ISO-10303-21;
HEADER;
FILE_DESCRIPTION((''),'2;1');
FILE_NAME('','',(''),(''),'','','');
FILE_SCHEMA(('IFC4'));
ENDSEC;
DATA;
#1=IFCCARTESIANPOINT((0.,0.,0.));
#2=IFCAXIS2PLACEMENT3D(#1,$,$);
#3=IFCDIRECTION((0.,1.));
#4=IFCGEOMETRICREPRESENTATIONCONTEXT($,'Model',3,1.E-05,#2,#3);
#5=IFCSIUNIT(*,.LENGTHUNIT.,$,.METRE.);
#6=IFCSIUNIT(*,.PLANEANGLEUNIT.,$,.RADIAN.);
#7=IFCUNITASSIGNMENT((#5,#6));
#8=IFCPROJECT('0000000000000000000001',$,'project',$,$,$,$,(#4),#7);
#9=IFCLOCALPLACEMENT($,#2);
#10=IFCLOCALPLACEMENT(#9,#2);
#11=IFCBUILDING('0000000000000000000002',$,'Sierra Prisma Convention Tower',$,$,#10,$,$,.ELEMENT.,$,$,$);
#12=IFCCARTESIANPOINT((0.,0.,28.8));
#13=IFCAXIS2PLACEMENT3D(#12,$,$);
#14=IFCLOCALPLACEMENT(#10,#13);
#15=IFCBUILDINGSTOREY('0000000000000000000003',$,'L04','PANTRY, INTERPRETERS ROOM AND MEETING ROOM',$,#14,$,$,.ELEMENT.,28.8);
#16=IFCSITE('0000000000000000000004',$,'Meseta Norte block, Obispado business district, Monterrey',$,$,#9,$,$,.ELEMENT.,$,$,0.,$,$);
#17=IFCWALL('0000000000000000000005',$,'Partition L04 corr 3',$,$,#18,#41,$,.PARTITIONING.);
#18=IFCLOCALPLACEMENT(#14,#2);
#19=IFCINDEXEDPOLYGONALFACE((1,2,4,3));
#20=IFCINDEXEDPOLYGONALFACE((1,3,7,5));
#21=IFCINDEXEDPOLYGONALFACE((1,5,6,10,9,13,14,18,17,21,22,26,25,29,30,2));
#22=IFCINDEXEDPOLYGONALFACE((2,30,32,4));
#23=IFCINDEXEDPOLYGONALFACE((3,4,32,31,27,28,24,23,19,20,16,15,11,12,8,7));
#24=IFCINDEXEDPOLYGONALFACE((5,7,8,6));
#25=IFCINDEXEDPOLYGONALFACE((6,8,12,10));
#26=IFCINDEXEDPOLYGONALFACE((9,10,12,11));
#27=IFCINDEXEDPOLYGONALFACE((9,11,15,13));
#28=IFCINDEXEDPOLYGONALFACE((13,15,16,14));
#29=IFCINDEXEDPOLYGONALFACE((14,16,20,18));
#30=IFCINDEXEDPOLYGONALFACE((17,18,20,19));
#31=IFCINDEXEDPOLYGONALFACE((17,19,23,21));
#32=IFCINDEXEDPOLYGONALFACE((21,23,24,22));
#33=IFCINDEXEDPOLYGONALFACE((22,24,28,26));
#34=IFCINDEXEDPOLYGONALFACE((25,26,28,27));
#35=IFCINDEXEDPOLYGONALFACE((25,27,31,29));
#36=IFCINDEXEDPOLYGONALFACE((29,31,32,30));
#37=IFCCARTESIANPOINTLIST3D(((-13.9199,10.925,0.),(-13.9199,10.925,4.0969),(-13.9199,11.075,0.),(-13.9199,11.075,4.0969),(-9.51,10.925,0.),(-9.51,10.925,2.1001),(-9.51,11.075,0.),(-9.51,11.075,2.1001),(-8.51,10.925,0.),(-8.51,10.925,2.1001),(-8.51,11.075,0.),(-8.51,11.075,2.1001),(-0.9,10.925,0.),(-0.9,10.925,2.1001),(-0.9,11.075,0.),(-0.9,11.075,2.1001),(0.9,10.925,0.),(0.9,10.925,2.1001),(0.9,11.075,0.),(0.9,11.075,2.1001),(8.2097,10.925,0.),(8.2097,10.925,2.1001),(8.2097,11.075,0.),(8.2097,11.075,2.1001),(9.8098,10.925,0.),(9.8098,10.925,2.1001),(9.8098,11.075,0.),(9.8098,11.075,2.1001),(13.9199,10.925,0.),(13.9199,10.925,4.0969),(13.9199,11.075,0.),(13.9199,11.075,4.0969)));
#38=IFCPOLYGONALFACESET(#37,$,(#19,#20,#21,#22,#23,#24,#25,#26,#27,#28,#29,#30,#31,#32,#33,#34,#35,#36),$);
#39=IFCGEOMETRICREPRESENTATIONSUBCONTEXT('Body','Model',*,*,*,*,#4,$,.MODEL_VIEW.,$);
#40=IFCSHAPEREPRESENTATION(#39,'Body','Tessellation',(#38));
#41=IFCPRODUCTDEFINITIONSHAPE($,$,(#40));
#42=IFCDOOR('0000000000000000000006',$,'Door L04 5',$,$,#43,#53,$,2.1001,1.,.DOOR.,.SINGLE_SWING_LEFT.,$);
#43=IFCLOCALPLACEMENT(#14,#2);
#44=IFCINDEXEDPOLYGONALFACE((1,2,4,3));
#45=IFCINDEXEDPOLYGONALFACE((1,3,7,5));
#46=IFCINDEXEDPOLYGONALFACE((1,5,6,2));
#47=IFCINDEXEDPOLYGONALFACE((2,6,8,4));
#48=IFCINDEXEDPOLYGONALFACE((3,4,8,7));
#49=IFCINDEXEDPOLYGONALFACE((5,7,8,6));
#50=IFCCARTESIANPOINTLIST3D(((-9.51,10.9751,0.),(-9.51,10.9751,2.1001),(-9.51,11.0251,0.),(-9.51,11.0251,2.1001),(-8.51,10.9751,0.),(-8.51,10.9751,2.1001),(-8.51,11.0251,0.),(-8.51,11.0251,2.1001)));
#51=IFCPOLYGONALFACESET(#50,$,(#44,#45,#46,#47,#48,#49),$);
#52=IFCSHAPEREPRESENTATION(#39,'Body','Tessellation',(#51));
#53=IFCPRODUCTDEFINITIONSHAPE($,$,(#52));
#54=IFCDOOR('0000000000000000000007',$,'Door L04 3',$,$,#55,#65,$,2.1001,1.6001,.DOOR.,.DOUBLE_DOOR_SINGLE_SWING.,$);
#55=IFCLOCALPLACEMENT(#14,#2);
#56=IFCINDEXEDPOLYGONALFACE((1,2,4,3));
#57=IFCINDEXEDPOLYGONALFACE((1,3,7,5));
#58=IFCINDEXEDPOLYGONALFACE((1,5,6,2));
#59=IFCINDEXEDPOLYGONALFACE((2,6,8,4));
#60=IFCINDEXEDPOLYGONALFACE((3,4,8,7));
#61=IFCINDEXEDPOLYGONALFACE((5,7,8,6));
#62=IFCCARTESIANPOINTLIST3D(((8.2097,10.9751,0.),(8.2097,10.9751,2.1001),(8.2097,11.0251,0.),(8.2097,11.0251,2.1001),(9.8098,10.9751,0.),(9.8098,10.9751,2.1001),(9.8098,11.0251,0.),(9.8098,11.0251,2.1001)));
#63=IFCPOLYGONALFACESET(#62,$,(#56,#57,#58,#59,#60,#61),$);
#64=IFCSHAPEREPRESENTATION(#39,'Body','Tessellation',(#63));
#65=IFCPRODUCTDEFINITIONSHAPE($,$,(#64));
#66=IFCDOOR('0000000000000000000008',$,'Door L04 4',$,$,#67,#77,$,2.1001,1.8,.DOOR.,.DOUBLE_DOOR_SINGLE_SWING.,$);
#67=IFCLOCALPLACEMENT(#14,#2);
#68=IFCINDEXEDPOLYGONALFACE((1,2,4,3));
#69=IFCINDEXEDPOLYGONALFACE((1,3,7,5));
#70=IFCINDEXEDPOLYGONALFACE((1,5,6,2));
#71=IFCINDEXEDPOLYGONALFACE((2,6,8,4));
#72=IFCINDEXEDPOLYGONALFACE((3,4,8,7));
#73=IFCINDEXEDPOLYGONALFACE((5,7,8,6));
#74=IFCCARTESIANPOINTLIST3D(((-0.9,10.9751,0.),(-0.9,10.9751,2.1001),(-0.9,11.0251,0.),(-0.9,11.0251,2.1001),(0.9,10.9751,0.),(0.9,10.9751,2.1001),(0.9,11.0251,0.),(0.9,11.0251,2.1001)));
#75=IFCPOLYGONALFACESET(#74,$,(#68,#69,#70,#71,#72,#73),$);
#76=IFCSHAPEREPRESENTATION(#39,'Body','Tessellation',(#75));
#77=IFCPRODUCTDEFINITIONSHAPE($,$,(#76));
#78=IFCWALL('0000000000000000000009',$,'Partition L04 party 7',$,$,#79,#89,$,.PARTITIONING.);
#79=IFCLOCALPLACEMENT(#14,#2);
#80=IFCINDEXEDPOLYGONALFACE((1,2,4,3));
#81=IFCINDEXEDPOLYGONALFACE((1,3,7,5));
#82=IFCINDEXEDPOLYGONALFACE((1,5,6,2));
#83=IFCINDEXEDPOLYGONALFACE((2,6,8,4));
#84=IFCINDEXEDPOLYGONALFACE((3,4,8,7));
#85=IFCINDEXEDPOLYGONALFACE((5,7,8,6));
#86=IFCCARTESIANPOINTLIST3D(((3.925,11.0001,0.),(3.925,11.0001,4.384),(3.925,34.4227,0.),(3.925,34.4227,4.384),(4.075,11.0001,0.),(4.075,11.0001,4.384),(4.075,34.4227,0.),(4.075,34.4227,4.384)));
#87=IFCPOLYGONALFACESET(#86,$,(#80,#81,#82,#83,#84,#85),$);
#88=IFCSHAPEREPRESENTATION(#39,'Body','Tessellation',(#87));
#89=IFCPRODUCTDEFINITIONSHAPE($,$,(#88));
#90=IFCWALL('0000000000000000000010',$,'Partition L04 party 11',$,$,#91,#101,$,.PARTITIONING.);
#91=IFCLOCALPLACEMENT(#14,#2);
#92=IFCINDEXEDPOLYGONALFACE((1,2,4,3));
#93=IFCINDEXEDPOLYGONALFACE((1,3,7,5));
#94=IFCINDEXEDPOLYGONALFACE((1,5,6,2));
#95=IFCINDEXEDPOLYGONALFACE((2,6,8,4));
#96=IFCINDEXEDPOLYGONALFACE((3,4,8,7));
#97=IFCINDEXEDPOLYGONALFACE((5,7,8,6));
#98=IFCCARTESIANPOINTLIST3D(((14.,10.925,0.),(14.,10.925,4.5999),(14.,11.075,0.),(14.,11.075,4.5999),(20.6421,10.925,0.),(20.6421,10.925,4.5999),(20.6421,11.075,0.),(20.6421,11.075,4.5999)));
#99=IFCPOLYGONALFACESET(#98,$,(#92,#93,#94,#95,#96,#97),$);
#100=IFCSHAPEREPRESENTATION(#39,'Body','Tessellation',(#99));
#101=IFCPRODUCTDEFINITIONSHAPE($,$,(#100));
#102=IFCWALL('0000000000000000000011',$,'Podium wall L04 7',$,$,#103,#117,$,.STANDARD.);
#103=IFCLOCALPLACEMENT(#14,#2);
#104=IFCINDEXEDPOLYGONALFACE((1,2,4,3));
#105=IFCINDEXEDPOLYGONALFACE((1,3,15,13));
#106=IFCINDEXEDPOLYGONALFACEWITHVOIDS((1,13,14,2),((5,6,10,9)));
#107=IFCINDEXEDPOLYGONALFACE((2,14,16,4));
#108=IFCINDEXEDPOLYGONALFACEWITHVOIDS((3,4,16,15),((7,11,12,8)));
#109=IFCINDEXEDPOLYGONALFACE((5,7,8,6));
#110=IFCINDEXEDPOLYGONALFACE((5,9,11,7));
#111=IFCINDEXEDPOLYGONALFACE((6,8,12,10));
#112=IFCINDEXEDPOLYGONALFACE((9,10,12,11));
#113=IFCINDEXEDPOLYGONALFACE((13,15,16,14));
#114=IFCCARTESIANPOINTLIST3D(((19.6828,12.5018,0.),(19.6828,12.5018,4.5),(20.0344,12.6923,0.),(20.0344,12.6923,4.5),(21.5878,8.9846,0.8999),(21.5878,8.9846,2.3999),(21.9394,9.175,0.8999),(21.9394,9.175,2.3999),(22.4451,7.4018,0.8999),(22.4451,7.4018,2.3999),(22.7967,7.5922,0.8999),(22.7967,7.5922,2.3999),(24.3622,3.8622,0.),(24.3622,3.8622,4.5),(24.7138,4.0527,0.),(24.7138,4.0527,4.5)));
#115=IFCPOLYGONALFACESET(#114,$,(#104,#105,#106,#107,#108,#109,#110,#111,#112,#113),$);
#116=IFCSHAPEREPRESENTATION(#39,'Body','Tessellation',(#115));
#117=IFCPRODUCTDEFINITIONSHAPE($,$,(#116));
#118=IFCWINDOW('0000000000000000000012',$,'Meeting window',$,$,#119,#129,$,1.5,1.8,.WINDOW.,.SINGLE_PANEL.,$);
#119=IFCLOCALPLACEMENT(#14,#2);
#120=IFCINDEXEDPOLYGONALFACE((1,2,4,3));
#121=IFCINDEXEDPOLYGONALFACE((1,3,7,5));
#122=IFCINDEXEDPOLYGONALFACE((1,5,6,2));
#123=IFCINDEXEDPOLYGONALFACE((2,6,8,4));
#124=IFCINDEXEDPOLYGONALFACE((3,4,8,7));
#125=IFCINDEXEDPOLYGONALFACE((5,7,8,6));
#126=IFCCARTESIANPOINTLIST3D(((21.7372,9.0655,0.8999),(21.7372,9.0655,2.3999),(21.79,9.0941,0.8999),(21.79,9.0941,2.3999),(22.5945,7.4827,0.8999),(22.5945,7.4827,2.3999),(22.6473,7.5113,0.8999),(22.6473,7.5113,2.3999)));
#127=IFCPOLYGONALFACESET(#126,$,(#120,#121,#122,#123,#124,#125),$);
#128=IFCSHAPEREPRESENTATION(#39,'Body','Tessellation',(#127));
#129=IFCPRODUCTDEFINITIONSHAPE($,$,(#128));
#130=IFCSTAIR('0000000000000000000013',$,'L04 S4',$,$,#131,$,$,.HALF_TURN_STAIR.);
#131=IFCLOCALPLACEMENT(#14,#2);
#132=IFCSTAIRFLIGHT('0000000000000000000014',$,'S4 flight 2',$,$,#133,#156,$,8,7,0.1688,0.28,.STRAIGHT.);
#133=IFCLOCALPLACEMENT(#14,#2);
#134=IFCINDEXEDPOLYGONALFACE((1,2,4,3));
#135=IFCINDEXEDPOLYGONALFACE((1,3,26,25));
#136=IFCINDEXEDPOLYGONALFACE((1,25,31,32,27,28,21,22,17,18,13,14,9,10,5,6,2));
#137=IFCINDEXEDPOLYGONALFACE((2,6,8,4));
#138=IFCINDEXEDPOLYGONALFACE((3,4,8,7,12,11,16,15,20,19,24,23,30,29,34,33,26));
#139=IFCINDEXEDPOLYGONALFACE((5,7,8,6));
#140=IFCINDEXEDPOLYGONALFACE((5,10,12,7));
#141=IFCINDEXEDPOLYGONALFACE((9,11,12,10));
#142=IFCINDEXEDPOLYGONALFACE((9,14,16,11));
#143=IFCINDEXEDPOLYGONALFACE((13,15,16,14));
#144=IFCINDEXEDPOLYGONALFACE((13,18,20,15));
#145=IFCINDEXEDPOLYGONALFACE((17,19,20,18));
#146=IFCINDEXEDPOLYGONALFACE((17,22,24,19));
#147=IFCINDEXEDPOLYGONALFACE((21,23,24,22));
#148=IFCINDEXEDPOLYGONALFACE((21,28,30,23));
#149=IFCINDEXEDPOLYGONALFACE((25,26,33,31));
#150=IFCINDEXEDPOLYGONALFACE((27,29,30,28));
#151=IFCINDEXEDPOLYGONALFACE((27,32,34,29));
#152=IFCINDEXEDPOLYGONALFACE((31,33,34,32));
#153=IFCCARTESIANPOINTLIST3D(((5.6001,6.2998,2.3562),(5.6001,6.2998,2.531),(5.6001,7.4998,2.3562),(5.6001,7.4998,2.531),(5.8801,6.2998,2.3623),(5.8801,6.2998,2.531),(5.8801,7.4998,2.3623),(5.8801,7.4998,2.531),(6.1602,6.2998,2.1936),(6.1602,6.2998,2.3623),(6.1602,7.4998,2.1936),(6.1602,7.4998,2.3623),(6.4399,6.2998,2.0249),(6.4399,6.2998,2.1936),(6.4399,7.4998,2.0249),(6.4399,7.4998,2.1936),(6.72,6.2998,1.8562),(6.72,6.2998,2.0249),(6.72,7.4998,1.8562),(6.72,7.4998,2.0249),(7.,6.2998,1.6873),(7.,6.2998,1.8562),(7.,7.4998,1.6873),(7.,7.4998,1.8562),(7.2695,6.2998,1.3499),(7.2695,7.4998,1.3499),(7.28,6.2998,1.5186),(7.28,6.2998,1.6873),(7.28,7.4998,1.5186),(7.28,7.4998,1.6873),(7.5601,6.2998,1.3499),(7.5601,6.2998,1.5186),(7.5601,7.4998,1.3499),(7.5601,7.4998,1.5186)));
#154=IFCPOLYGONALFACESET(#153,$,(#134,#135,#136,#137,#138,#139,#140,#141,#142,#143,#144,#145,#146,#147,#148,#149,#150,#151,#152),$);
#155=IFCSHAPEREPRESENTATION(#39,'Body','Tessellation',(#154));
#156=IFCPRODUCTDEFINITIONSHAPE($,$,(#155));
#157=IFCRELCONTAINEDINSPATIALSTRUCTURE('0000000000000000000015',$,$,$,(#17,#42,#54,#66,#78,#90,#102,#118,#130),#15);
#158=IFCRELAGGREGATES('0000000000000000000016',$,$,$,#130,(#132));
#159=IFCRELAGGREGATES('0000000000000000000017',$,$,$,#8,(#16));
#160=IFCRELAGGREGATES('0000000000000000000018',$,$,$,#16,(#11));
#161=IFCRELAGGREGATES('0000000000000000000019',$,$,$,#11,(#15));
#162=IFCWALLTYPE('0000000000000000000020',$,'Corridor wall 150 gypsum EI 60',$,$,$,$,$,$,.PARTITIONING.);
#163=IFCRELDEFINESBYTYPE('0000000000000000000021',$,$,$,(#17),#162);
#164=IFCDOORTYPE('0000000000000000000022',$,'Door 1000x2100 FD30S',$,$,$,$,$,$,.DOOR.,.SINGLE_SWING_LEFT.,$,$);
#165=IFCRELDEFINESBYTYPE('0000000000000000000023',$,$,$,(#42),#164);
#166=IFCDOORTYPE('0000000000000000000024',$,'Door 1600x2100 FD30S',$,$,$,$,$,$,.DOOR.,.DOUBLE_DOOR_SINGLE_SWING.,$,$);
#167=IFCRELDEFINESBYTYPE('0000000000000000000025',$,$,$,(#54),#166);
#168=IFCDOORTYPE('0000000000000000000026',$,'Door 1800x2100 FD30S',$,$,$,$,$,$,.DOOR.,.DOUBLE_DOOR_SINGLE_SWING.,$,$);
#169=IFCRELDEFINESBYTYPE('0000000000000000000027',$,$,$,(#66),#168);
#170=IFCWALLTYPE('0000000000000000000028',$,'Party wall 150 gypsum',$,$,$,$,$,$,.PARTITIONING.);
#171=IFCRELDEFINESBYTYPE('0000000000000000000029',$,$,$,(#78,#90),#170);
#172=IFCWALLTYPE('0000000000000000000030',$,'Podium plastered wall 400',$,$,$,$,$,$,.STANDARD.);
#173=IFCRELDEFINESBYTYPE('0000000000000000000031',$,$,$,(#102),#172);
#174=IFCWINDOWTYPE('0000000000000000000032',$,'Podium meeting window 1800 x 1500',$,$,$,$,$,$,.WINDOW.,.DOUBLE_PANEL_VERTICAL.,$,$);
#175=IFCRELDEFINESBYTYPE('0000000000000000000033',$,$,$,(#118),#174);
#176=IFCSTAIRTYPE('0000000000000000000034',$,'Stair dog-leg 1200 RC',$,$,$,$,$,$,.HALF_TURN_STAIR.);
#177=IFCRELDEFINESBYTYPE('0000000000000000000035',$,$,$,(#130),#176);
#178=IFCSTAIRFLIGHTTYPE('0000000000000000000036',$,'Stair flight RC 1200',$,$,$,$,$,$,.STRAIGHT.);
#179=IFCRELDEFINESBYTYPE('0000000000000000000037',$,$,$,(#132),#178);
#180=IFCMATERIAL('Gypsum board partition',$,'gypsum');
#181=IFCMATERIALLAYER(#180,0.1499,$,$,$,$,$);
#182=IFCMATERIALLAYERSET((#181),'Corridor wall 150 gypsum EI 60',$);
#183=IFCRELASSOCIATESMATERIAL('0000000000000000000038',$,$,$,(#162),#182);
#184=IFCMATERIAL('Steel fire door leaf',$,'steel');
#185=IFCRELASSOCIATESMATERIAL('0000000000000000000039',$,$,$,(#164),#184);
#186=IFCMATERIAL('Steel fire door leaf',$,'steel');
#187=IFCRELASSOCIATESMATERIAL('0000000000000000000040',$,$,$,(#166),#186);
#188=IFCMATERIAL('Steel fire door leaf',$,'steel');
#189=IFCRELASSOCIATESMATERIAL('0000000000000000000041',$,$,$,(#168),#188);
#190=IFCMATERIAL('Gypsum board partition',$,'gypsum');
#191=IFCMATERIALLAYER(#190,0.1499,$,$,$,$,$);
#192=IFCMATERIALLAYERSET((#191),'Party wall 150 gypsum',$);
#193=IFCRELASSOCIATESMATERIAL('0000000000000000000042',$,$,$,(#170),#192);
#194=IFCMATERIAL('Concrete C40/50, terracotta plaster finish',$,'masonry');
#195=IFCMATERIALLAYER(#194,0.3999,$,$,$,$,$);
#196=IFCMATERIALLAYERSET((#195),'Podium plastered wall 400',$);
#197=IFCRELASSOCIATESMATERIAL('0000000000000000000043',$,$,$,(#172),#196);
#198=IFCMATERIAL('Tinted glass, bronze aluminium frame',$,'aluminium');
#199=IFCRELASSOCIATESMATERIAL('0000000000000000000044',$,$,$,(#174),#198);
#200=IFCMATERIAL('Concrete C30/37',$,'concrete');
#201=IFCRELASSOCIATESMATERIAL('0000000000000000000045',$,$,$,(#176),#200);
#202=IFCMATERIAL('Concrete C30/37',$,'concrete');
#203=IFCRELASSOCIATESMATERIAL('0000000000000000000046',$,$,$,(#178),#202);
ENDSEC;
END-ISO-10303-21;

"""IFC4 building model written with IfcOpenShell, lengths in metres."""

from ifc_helpers import new_model, si_unit, direction, frame, frame_2d, origin, place, context, subcontext, project, spatial, polyline, rectangle, outline, extrude, material, layer, layer_set, type_object, element, fill, aggregate, save


model = new_model("IFC4")

# Units and contexts
model_context = context("Model", 3, precision=1e-05, world=origin(), true_north=direction((0.0, 1.0)))
body_context = subcontext(model_context, "Body", "Model", "MODEL_VIEW")
ifc_project = project(units=[si_unit("LENGTHUNIT", "METRE"), si_unit("PLANEANGLEUNIT", "RADIAN")], contexts=[model_context])

# Site, building, storey
site_placement = place(None, origin())
site = spatial("IfcSite", under=ifc_project, at=site_placement, Name="Meseta Norte block, Obispado business district, Monterrey", CompositionType="ELEMENT", RefElevation=0.0)
building_placement = place(site_placement, origin())
building = spatial("IfcBuilding", under=site, at=building_placement, Name="Sierra Prisma Convention Tower", CompositionType="ELEMENT")
storey_placement = place(building_placement, frame((0.0, 0.0, 28.8)))
storey = spatial("IfcBuildingStorey", under=building, at=storey_placement, Name="L04", Description="PANTRY, INTERPRETERS ROOM AND MEETING ROOM", CompositionType="ELEMENT", Elevation=28.8)

# Wall, openings, doors
ifc_material_1 = material(Name="Gypsum board partition", Category="gypsum")
ifc_layer_1 = layer(ifc_material_1, 0.1499)
ifc_layer_set_1 = layer_set([ifc_layer_1], Name="Corridor wall 150 gypsum EI 60")
wall_type_1 = type_object("IfcWallType", Name="Corridor wall 150 gypsum EI 60", PredefinedType="PARTITIONING", material=ifc_layer_set_1)
wall_1_placement = place(storey_placement, frame((13.9199, 11.0, 0.0), z_axis=(0.0, 0.0, 1.0), x_axis=(-1.0, 0.0, 0.0)))
wall_1 = element("IfcWall", 1, at=wall_1_placement, inside=storey, type_object=wall_type_1, Name="Partition L04 corr 3", PredefinedType="PARTITIONING", context=body_context, shape_type="SweptSolid", body=[
    extrude(rectangle(XDim=27.8398, YDim=0.1499, at=frame_2d((13.9199, 0.0))), origin(), (0.0, 0.0, 1.0), 4.0969),
])
opening_1_placement = place(wall_1_placement, frame((4.1101, 0.0, 0.0)))
opening_1 = element("IfcOpeningElement", 2, at=opening_1_placement, cuts=wall_1, PredefinedType="OPENING", context=body_context, shape_type="SweptSolid", body=[
    extrude(rectangle(XDim=1.6001, YDim=2.1001, at=frame_2d((0.8, 1.05))), frame((0.0, 0.075, 0.0), z_axis=(0.0, -1.0, 0.0), x_axis=(1.0, 0.0, 0.0)), (0.0, 0.0, 1.0), 0.1499),
])
opening_2_placement = place(wall_1_placement, frame((13.02, 0.0, 0.0)))
opening_2 = element("IfcOpeningElement", 3, at=opening_2_placement, cuts=wall_1, PredefinedType="OPENING", context=body_context, shape_type="SweptSolid", body=[
    extrude(rectangle(XDim=1.8, YDim=2.1001, at=frame_2d((0.8999, 1.05))), frame((0.0, 0.075, 0.0), z_axis=(0.0, -1.0, 0.0), x_axis=(1.0, 0.0, 0.0)), (0.0, 0.0, 1.0), 0.1499),
])
opening_3_placement = place(wall_1_placement, frame((22.4299, 0.0, 0.0)))
opening_3 = element("IfcOpeningElement", 4, at=opening_3_placement, cuts=wall_1, PredefinedType="OPENING", context=body_context, shape_type="SweptSolid", body=[
    extrude(rectangle(XDim=1.0, YDim=2.1001, at=frame_2d((0.5, 1.05))), frame((0.0, 0.075, 0.0), z_axis=(0.0, -1.0, 0.0), x_axis=(1.0, 0.0, 0.0)), (0.0, 0.0, 1.0), 0.1499),
])
ifc_material_2 = material(Name="Steel fire door leaf", Category="steel")
door_type_1 = type_object("IfcDoorType", Name="Door 1000x2100 FD30S", OperationType="SINGLE_SWING_LEFT", PredefinedType="DOOR", material=ifc_material_2)
door_1_placement = place(opening_3_placement, origin())
door_1 = element("IfcDoor", 5, at=door_1_placement, inside=storey, type_object=door_type_1, Name="Door L04 5", OperationType="SINGLE_SWING_LEFT", OverallHeight=2.1001, OverallWidth=1.0, PredefinedType="DOOR", context=body_context, shape_type="SweptSolid", body=[
    extrude(rectangle(XDim=1.0, YDim=2.1001, at=frame_2d((0.5, 1.05))), frame((0.0, 0.0249, 0.0), z_axis=(0.0, -1.0, 0.0), x_axis=(1.0, 0.0, 0.0)), (0.0, 0.0, 1.0), 0.05),
])
fill(opening_3, door_1)
ifc_material_3 = material(Name="Steel fire door leaf", Category="steel")
door_type_2 = type_object("IfcDoorType", Name="Door 1600x2100 FD30S", OperationType="DOUBLE_DOOR_SINGLE_SWING", PredefinedType="DOOR", material=ifc_material_3)
door_2_placement = place(opening_1_placement, origin())
door_2 = element("IfcDoor", 6, at=door_2_placement, inside=storey, type_object=door_type_2, Name="Door L04 3", OperationType="DOUBLE_DOOR_SINGLE_SWING", OverallHeight=2.1001, OverallWidth=1.6001, PredefinedType="DOOR", context=body_context, shape_type="SweptSolid", body=[
    extrude(rectangle(XDim=1.6001, YDim=2.1001, at=frame_2d((0.8, 1.05))), frame((0.0, 0.0249, 0.0), z_axis=(0.0, -1.0, 0.0), x_axis=(1.0, 0.0, 0.0)), (0.0, 0.0, 1.0), 0.05),
])
fill(opening_1, door_2)
ifc_material_4 = material(Name="Steel fire door leaf", Category="steel")
door_type_3 = type_object("IfcDoorType", Name="Door 1800x2100 FD30S", OperationType="DOUBLE_DOOR_SINGLE_SWING", PredefinedType="DOOR", material=ifc_material_4)
door_3_placement = place(opening_2_placement, origin())
door_3 = element("IfcDoor", 7, at=door_3_placement, inside=storey, type_object=door_type_3, Name="Door L04 4", OperationType="DOUBLE_DOOR_SINGLE_SWING", OverallHeight=2.1001, OverallWidth=1.8, PredefinedType="DOOR", context=body_context, shape_type="SweptSolid", body=[
    extrude(rectangle(XDim=1.8, YDim=2.1001, at=frame_2d((0.8999, 1.05))), frame((0.0, 0.0249, 0.0), z_axis=(0.0, -1.0, 0.0), x_axis=(1.0, 0.0, 0.0)), (0.0, 0.0, 1.0), 0.05),
])
fill(opening_2, door_3)

# Walls
ifc_material_5 = material(Name="Gypsum board partition", Category="gypsum")
ifc_layer_2 = layer(ifc_material_5, 0.1499)
ifc_layer_set_2 = layer_set([ifc_layer_2], Name="Party wall 150 gypsum")
wall_type_2 = type_object("IfcWallType", Name="Party wall 150 gypsum", PredefinedType="PARTITIONING", material=ifc_layer_set_2)
wall_2_placement = place(storey_placement, frame((4.0, 11.0, 0.0), z_axis=(0.0, 0.0, 1.0), x_axis=(0.0, 1.0, 0.0)))
element("IfcWall", 8, at=wall_2_placement, inside=storey, type_object=wall_type_2, Name="Partition L04 party 7", PredefinedType="PARTITIONING", context=body_context, shape_type="SweptSolid", body=[
    extrude(rectangle(XDim=23.4226, YDim=0.1499, at=frame_2d((11.7114, 0.0))), origin(), (0.0, 0.0, 1.0), 4.384),
])
wall_3_placement = place(storey_placement, frame((14.0, 11.0, 0.0), z_axis=(0.0, 0.0, 1.0), x_axis=(1.0, 0.0, 0.0)))
element("IfcWall", 9, at=wall_3_placement, inside=storey, type_object=wall_type_2, Name="Partition L04 party 11", PredefinedType="PARTITIONING", context=body_context, shape_type="SweptSolid", body=[
    extrude(rectangle(XDim=6.6421, YDim=0.1499, at=frame_2d((3.321, 0.0))), origin(), (0.0, 0.0, 1.0), 4.5999),
])

# Wall, opening, window
ifc_material_6 = material(Name="Concrete C40/50, terracotta plaster finish", Category="masonry")
ifc_layer_3 = layer(ifc_material_6, 0.3999)
ifc_layer_set_3 = layer_set([ifc_layer_3], Name="Podium plastered wall 400")
wall_type_3 = type_object("IfcWallType", Name="Podium plastered wall 400", PredefinedType="STANDARD", material=ifc_layer_set_3)
wall_4_placement = place(storey_placement, frame((19.8586, 12.5969, 0.0), z_axis=(0.0, 0.0, 1.0), x_axis=(0.476254, -0.879308, 0.0)))
wall_4 = element("IfcWall", 10, at=wall_4_placement, inside=storey, type_object=wall_type_3, Name="Podium wall L04 7", PredefinedType="STANDARD", context=body_context, shape_type="SweptSolid", body=[
    extrude(rectangle(XDim=9.8254, YDim=0.3999, at=frame_2d((4.9126, 0.0))), origin(), (0.0, 0.0, 1.0), 4.5),
])
opening_4_placement = place(wall_4_placement, frame((4.0, 0.0, 0.8999)))
opening_4 = element("IfcOpeningElement", 11, at=opening_4_placement, cuts=wall_4, PredefinedType="OPENING", context=body_context, shape_type="SweptSolid", body=[
    extrude(rectangle(XDim=1.8, YDim=1.5, at=frame_2d((0.8999, 0.75))), frame((0.0, 0.2, 0.0), z_axis=(0.0, -1.0, 0.0), x_axis=(1.0, 0.0, 0.0)), (0.0, 0.0, 1.0), 0.3999),
])
ifc_material_7 = material(Name="Tinted glass, bronze aluminium frame", Category="aluminium")
window_type = type_object("IfcWindowType", Name="Podium meeting window 1800 x 1500", PartitioningType="DOUBLE_PANEL_VERTICAL", PredefinedType="WINDOW", material=ifc_material_7)
window_placement = place(opening_4_placement, origin())
window = element("IfcWindow", 12, at=window_placement, inside=storey, type_object=window_type, Name="Meeting window", OverallHeight=1.5, OverallWidth=1.8, PartitioningType="SINGLE_PANEL", PredefinedType="WINDOW", context=body_context, shape_type="SweptSolid", body=[
    extrude(rectangle(XDim=1.8, YDim=1.5, at=frame_2d((0.8999, 0.75))), frame((0.0, 0.03, 0.0), z_axis=(0.0, -1.0, 0.0), x_axis=(1.0, 0.0, 0.0)), (0.0, 0.0, 1.0), 0.0601),
])
fill(opening_4, window)

# Stair, stair flight
ifc_material_8 = material(Name="Concrete C30/37", Category="concrete")
stair_type = type_object("IfcStairType", Name="Stair dog-leg 1200 RC", PredefinedType="HALF_TURN_STAIR", material=ifc_material_8)
stair_placement = place(storey_placement, origin())
stair = element("IfcStair", 13, at=stair_placement, inside=storey, type_object=stair_type, Name="L04 S4", PredefinedType="HALF_TURN_STAIR")
ifc_material_9 = material(Name="Concrete C30/37", Category="concrete")
stair_flight_type = type_object("IfcStairFlightType", Name="Stair flight RC 1200", PredefinedType="STRAIGHT", material=ifc_material_9)
stair_flight_1_placement = place(storey_placement, frame((7.5601, 6.8999, 1.3499), z_axis=(0.0, 0.0, 1.0), x_axis=(-1.0, 0.0, 0.0)))
stair_flight_1 = element("IfcStairFlight", 14, at=stair_flight_1_placement, type_object=stair_flight_type, Name="S4 flight 2", NumberOfRisers=8, NumberOfTreads=7, PredefinedType="STRAIGHT", RiserHeight=0.1688, TreadLength=0.28, context=body_context, shape_type="SweptSolid", body=[
    extrude(outline(polyline([(0.0, 0.0), (0.0, 0.1687), (0.28, 0.1687), (0.28, 0.3374), (0.5601, 0.3374), (0.5601, 0.5063), (0.8401, 0.5063), (0.8401, 0.675), (1.1201, 0.675), (1.1201, 0.8438), (1.3999, 0.8438), (1.3999, 1.0125), (1.6799, 1.0125), (1.6799, 1.1812), (1.96, 1.1812), (1.96, 1.3501), (1.96, 1.0063), (0.2905, 0.0), (0.0, 0.0)])), frame((0.0, 0.6001, 0.0), z_axis=(0.0, -1.0, 0.0), x_axis=(1.0, 0.0, 0.0)), (0.0, 0.0, 1.0), 1.2),
])
aggregate(stair, [stair_flight_1])

save(model, "model.ifc")
